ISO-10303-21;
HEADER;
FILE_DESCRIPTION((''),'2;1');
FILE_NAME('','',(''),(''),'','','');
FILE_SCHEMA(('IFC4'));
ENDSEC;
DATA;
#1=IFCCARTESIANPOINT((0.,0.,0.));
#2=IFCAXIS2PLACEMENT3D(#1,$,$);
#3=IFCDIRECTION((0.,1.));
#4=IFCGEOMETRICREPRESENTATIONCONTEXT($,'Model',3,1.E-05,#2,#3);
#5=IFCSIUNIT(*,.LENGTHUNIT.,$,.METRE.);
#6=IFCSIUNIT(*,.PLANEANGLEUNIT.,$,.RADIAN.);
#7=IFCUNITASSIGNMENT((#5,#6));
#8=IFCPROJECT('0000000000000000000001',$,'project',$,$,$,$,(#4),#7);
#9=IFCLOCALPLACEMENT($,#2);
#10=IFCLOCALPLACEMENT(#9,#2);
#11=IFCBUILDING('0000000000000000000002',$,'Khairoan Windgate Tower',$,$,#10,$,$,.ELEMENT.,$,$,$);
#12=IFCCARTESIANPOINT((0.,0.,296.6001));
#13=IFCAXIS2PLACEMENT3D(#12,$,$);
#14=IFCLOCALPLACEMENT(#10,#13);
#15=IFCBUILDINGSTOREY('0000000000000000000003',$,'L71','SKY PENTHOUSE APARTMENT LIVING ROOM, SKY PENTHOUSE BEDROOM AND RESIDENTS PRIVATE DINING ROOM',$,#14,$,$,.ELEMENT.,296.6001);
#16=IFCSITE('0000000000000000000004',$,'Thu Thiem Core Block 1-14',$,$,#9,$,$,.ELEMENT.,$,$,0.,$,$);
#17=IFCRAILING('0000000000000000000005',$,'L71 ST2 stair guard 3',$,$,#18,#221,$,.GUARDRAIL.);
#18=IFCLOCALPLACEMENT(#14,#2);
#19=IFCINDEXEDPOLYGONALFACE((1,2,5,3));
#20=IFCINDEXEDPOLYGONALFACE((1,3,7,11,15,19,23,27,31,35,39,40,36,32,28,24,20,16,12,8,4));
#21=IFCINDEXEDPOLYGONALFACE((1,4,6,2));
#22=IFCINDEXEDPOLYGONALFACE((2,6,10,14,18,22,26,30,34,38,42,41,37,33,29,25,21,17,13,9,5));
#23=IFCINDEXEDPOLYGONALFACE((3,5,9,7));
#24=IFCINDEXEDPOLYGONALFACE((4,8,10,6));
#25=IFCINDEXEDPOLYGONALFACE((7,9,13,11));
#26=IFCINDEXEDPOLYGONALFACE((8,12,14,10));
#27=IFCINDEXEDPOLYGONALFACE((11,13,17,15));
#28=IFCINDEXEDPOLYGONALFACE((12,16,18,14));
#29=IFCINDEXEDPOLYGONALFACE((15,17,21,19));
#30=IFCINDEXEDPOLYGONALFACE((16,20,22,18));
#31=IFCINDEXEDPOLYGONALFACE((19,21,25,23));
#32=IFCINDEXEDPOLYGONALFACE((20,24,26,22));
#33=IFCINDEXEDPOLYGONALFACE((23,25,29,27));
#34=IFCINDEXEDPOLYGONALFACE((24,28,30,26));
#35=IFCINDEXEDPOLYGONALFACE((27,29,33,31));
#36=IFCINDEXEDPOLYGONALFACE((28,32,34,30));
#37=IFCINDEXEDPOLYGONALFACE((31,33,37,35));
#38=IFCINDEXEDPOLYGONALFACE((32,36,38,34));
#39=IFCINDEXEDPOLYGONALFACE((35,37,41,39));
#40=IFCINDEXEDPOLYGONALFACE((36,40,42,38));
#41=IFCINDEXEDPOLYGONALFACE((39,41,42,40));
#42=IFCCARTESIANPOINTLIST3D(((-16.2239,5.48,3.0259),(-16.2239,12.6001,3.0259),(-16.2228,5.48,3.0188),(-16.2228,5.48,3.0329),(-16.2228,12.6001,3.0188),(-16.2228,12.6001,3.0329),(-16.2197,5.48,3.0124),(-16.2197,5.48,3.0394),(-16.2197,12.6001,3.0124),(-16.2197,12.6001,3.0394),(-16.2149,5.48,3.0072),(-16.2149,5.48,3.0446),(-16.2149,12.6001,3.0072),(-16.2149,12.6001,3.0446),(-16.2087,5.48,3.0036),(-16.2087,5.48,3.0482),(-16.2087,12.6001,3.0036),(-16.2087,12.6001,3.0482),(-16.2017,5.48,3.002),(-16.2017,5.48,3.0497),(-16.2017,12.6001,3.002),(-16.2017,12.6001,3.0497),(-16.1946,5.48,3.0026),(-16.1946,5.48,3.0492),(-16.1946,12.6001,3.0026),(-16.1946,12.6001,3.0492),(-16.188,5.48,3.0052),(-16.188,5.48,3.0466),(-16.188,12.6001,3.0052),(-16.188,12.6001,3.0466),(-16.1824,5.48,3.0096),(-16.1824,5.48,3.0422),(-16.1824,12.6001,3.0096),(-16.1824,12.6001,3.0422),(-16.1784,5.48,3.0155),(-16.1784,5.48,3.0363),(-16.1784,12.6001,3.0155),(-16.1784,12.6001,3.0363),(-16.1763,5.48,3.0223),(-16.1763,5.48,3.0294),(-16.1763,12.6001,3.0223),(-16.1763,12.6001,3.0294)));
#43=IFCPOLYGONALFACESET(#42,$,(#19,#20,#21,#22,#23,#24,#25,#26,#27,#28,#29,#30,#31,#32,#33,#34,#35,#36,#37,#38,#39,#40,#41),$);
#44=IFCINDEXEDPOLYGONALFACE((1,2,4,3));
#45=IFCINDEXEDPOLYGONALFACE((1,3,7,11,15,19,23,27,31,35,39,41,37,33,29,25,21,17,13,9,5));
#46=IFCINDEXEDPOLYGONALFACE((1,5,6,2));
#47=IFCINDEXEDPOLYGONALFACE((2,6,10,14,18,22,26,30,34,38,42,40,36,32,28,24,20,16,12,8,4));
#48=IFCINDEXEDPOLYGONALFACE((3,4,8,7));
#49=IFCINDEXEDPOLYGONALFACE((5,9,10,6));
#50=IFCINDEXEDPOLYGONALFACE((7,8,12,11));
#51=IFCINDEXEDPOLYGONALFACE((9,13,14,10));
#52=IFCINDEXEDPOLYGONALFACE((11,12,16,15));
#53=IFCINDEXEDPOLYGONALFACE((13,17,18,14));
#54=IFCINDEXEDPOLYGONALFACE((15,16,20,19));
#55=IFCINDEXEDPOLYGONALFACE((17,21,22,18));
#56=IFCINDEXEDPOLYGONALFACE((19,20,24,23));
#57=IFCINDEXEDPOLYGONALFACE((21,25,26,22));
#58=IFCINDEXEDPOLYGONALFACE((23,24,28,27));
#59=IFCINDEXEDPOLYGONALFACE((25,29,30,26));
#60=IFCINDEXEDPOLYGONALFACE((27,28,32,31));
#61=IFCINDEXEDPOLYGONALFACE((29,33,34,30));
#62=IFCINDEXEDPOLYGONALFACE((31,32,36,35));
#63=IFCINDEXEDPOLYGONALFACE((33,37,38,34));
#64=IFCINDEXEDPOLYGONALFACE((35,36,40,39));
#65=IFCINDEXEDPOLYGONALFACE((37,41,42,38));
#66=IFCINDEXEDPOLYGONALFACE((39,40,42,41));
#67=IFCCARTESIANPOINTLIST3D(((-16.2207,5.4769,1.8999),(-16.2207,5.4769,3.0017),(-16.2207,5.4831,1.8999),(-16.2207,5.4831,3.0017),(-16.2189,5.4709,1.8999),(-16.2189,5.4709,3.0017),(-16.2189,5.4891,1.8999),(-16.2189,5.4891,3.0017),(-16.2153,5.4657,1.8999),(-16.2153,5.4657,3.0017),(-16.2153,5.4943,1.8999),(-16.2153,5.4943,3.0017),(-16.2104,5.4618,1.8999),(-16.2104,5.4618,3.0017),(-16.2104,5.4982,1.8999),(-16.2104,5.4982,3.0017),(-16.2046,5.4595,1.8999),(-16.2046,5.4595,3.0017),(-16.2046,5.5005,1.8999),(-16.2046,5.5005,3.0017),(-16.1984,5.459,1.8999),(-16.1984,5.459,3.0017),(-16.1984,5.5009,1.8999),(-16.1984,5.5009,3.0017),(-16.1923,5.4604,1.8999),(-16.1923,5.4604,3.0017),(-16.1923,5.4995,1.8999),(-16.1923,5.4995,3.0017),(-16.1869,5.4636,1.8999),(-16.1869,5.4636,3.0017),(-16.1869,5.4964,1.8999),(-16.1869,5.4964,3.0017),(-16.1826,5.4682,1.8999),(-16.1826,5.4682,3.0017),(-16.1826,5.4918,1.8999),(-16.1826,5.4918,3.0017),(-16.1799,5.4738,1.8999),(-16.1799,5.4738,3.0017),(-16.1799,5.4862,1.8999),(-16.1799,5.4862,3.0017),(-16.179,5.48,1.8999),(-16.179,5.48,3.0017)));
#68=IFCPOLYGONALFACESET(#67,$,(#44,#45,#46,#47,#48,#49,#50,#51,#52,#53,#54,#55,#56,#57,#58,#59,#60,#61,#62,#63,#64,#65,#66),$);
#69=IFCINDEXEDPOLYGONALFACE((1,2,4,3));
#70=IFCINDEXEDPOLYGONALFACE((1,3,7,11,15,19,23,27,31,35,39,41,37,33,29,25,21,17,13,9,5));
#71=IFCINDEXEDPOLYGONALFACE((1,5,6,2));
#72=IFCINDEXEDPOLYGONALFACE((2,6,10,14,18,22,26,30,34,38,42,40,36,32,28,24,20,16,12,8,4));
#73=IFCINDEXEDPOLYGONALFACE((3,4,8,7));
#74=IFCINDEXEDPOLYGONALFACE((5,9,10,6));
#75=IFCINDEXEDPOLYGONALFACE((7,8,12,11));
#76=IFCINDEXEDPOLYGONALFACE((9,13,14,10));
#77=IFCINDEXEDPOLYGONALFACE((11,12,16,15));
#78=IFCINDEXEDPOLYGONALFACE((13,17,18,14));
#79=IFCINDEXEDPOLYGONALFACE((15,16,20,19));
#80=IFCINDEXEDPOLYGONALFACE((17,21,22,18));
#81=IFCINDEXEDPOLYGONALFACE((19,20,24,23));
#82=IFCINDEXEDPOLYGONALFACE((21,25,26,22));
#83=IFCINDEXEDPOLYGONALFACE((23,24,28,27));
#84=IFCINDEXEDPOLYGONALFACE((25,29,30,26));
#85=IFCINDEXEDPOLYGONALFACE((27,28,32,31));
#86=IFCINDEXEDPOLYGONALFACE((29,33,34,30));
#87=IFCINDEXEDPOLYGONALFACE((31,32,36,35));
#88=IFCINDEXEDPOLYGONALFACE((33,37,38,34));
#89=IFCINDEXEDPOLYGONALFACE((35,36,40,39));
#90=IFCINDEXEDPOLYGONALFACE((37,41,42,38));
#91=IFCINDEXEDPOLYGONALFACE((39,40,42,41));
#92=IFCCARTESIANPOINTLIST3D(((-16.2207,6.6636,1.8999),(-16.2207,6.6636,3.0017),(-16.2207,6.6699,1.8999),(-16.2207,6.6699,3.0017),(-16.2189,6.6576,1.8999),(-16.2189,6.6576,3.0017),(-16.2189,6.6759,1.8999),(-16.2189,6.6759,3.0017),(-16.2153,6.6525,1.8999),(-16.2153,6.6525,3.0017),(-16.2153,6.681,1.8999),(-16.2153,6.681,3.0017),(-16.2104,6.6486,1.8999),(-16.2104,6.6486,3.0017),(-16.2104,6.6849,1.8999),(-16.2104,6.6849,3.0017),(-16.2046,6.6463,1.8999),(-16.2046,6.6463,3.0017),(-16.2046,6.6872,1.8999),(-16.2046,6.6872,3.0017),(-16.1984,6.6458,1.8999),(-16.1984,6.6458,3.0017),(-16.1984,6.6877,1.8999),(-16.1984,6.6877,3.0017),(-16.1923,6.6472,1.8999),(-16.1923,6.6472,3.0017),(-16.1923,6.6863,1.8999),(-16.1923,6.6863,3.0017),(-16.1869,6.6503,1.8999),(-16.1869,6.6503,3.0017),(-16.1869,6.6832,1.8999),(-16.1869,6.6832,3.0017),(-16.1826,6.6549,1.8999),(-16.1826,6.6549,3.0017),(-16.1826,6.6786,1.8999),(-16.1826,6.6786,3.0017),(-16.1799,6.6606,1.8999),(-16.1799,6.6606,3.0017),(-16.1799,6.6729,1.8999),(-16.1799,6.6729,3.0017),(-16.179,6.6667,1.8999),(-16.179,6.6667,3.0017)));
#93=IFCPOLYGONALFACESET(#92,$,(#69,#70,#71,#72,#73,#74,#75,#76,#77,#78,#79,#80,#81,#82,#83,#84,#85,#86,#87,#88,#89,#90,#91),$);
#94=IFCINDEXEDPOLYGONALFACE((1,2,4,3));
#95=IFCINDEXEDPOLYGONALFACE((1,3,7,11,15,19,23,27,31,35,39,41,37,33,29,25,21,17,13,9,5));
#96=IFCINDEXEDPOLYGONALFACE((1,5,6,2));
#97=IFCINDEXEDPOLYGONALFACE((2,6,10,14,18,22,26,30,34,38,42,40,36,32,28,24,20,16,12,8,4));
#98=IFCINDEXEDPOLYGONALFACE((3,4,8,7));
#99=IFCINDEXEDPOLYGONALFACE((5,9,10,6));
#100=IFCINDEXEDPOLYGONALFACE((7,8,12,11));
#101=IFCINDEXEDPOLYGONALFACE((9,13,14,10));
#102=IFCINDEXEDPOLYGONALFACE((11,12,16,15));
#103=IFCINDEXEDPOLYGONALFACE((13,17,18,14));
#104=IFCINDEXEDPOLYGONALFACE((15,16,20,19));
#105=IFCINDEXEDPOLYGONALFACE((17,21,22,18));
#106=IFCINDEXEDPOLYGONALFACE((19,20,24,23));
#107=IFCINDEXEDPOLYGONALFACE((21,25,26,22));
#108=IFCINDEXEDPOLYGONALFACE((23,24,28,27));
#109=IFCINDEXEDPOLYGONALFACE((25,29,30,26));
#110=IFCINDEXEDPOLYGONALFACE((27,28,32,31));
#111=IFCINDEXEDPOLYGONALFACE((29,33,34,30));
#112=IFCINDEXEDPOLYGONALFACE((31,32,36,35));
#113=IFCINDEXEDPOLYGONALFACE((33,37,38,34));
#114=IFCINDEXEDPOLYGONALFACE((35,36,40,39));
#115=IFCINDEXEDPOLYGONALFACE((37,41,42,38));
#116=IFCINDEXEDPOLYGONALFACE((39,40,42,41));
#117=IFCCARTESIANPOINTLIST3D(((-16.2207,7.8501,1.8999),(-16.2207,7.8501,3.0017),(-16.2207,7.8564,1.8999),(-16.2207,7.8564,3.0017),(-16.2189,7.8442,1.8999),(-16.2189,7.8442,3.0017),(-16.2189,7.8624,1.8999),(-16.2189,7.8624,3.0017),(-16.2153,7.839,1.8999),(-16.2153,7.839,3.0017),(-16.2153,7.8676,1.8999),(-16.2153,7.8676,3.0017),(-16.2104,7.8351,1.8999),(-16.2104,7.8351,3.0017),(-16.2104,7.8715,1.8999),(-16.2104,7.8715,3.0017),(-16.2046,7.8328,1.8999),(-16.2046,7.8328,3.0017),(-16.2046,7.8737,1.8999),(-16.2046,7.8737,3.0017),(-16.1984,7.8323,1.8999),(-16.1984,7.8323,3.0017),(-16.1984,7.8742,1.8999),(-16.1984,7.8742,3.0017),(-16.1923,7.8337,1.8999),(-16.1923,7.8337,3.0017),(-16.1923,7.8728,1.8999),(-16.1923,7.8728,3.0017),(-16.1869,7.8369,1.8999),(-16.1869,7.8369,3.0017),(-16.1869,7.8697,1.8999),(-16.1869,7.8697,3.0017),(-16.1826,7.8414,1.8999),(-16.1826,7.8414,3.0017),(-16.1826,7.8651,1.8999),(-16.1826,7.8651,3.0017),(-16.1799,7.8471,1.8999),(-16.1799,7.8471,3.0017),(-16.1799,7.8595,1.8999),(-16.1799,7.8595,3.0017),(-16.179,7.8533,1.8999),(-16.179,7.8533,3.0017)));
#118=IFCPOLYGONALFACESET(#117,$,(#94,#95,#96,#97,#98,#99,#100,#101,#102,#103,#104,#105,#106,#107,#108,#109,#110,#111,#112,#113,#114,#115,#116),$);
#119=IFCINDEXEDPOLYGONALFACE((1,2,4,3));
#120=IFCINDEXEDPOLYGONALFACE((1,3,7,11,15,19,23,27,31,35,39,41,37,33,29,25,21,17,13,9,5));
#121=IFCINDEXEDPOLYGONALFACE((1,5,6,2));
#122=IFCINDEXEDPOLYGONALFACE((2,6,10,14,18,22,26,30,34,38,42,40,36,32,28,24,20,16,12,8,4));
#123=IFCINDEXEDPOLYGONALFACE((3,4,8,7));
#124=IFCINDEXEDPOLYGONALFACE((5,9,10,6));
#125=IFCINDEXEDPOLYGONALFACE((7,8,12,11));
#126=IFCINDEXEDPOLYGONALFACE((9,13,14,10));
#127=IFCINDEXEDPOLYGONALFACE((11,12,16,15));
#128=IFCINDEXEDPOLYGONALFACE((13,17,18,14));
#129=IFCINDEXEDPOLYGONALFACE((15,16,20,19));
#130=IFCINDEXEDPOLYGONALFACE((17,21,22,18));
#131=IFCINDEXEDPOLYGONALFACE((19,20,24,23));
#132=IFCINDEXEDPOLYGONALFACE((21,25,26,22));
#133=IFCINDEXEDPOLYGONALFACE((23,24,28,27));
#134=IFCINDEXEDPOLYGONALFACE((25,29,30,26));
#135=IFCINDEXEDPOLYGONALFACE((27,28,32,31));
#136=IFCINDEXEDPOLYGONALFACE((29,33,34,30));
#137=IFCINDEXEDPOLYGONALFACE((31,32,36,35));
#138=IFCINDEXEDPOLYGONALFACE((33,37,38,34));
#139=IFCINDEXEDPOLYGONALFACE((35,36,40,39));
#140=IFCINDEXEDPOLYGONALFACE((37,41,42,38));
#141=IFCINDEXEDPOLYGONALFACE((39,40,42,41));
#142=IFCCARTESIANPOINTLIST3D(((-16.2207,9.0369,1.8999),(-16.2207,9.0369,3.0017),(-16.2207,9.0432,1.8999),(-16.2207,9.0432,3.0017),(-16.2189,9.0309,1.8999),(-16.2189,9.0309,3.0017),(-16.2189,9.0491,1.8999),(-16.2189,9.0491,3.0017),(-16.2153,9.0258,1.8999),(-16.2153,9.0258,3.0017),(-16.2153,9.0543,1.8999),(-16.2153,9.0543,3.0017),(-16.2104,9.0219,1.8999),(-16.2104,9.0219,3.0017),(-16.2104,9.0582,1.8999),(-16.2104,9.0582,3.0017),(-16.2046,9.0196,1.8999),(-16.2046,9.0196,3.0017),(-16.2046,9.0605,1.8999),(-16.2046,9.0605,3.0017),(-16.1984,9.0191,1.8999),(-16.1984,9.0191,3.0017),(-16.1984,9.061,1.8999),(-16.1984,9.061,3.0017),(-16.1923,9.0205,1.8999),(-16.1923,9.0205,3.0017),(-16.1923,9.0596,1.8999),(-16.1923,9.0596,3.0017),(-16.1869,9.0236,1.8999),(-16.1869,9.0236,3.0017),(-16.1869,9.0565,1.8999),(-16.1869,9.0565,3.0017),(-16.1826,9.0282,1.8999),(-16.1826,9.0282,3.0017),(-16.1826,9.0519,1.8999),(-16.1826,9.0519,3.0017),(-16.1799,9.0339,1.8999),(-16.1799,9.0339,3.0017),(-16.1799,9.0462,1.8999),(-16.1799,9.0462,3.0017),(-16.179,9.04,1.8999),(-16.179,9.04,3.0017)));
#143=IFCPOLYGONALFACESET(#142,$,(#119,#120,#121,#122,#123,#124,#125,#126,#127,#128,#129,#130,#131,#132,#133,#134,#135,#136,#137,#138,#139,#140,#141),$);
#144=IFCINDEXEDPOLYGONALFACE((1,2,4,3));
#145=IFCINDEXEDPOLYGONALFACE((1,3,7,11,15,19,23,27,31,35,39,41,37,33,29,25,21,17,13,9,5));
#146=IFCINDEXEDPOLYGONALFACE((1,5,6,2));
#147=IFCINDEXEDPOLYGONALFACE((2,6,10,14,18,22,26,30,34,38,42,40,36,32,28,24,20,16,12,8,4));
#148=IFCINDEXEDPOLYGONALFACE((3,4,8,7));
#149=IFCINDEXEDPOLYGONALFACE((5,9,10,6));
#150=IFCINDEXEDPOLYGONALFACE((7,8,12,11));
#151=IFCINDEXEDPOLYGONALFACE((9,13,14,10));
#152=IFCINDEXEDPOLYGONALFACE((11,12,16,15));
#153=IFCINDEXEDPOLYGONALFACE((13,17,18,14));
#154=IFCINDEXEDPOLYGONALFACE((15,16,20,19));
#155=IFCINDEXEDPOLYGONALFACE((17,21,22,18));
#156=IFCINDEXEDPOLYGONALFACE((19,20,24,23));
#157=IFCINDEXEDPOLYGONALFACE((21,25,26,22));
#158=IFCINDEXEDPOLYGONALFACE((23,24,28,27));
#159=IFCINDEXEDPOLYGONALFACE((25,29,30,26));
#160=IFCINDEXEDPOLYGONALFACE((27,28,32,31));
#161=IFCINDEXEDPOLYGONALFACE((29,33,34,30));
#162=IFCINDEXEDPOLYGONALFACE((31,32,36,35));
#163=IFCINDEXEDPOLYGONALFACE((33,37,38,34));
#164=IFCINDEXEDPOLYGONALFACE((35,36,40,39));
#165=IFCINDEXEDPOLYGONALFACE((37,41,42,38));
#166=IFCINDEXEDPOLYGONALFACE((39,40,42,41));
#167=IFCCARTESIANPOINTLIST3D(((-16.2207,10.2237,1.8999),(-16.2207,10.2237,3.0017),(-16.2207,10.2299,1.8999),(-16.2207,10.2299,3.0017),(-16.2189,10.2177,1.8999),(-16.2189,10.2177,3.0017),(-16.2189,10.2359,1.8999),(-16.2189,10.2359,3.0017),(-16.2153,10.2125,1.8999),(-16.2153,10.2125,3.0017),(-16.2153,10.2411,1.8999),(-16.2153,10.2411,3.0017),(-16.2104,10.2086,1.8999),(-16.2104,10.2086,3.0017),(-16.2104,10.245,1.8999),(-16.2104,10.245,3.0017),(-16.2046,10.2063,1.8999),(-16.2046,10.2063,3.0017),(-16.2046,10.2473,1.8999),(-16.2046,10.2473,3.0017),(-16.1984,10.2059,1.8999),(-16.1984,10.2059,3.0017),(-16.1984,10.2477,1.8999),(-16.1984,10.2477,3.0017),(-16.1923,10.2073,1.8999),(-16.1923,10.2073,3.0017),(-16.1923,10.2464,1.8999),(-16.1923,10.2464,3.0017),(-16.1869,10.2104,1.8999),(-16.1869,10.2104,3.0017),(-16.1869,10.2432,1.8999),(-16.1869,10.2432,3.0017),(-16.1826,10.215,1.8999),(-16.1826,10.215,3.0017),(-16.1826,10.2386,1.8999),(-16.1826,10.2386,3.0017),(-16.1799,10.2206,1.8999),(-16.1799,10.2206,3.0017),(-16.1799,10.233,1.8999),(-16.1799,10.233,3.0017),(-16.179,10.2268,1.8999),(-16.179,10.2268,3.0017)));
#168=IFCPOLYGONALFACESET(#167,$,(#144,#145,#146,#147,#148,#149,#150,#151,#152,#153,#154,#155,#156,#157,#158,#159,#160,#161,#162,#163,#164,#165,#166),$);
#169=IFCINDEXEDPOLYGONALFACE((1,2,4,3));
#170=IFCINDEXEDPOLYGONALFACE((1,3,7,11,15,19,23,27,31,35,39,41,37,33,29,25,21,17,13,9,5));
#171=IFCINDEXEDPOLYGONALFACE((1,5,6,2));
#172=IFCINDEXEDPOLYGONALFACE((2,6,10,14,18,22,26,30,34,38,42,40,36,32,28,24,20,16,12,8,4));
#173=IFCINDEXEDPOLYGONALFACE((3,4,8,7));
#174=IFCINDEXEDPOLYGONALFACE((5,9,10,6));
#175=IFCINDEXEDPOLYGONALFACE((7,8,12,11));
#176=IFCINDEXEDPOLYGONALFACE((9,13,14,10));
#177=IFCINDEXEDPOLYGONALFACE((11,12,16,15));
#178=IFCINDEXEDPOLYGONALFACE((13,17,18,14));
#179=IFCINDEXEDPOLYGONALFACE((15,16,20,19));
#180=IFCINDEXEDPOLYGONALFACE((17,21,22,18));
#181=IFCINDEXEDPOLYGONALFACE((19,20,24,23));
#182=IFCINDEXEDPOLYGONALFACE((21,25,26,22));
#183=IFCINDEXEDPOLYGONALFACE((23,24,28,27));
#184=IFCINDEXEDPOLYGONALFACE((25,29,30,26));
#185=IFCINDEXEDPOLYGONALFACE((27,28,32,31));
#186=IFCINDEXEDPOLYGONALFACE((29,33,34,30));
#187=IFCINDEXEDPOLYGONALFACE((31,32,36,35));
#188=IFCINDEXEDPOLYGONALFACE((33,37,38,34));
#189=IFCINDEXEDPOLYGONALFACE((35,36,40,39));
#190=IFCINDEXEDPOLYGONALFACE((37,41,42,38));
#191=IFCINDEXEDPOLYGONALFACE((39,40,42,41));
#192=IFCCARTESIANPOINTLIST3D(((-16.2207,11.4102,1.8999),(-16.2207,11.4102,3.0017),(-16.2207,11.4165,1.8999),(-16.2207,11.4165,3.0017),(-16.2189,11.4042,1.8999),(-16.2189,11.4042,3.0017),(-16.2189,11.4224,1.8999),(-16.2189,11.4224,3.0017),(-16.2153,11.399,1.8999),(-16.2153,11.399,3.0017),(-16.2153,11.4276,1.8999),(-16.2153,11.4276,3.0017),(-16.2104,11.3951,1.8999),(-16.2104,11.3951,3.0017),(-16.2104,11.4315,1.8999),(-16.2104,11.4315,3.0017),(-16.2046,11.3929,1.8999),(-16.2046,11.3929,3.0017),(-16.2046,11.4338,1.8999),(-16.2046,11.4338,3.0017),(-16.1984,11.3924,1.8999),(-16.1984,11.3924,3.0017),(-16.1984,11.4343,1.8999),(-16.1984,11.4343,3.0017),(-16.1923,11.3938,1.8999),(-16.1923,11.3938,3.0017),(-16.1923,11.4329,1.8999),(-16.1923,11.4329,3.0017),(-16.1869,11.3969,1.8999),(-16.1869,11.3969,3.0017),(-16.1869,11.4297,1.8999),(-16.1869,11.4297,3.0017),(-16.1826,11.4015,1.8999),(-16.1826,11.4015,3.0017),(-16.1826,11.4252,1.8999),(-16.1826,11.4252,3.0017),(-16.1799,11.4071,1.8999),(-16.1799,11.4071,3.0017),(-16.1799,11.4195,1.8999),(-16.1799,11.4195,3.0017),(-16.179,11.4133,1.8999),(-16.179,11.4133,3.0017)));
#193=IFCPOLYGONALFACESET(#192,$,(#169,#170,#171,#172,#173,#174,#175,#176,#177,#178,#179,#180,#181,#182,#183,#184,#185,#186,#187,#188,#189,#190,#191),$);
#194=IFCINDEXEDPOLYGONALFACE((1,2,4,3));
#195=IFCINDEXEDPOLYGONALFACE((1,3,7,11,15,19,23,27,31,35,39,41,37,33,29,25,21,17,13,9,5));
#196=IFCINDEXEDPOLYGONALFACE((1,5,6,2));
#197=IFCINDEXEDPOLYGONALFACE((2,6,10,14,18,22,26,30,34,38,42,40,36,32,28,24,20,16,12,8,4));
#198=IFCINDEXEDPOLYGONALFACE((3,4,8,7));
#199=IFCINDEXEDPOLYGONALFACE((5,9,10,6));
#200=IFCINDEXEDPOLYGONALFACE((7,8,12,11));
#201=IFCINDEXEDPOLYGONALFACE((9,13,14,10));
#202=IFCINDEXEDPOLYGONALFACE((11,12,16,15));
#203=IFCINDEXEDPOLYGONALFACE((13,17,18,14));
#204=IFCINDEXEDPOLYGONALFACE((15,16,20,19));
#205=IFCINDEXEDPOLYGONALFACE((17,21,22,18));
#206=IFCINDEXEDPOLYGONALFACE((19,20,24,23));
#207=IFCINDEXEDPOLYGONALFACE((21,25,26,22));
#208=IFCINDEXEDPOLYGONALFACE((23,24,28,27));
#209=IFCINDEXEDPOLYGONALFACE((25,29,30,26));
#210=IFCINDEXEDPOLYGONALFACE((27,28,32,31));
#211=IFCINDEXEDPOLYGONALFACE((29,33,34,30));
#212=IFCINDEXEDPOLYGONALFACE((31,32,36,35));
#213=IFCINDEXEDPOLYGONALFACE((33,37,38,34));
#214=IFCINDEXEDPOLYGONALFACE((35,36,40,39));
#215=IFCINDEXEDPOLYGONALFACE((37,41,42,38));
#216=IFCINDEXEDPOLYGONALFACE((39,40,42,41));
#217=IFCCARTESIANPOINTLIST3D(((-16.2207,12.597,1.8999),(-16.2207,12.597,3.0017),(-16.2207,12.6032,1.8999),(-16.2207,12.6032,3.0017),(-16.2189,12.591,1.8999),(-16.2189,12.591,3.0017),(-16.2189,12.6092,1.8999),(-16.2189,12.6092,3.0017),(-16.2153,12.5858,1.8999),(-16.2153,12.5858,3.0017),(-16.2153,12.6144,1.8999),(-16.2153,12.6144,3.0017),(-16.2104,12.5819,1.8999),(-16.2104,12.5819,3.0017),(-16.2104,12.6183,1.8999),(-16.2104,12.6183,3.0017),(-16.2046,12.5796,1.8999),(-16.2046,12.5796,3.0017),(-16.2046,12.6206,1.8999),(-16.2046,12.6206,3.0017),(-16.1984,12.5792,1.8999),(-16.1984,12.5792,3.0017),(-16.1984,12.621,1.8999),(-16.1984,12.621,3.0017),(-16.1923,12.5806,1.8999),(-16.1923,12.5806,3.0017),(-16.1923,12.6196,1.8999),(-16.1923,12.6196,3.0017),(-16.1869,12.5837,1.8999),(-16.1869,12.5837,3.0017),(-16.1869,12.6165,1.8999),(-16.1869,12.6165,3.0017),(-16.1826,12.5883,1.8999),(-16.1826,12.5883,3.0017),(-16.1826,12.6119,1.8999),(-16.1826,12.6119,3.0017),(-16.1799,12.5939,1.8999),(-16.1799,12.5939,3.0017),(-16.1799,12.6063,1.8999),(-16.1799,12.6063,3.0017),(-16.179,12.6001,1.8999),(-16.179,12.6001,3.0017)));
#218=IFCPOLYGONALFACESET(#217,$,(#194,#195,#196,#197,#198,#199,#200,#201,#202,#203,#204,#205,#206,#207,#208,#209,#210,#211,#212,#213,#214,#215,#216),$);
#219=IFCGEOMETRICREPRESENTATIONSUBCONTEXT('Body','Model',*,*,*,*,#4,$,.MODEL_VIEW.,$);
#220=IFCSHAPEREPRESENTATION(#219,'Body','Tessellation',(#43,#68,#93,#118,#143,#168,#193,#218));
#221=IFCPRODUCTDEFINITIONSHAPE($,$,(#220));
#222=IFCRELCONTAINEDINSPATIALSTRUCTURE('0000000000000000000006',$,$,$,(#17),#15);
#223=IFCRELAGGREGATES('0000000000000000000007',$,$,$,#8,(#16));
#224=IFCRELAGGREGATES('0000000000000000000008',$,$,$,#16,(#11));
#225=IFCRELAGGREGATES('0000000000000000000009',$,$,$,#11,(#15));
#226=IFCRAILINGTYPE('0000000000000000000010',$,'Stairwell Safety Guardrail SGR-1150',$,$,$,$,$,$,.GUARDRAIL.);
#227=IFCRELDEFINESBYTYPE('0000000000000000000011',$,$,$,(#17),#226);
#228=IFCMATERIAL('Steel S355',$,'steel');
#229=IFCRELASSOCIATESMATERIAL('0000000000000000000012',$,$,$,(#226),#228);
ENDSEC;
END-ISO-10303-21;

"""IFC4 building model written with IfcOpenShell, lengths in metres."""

from ifc_helpers import new_model, si_unit, direction, frame, origin, origin_2d, place, context, subcontext, project, spatial, circle, extrude, material, type_object, element, save


model = new_model("IFC4")

# Units and contexts
model_context = context("Model", 3, precision=1e-05, world=origin(), true_north=direction((0.0, 1.0)))
body_context = subcontext(model_context, "Body", "Model", "MODEL_VIEW")
ifc_project = project(units=[si_unit("LENGTHUNIT", "METRE"), si_unit("PLANEANGLEUNIT", "RADIAN")], contexts=[model_context])

# Site, building, storey
site_placement = place(None, origin())
site = spatial("IfcSite", under=ifc_project, at=site_placement, Name="Thu Thiem Core Block 1-14", CompositionType="ELEMENT", RefElevation=0.0)
building_placement = place(site_placement, origin())
building = spatial("IfcBuilding", under=site, at=building_placement, Name="Khairoan Windgate Tower", CompositionType="ELEMENT")
storey_placement = place(building_placement, frame((0.0, 0.0, 296.6001)))
storey = spatial("IfcBuildingStorey", under=building, at=storey_placement, Name="L71", Description="SKY PENTHOUSE APARTMENT LIVING ROOM, SKY PENTHOUSE BEDROOM AND RESIDENTS PRIVATE DINING ROOM", CompositionType="ELEMENT", Elevation=296.6001)

# Railing
ifc_material_1 = material(Name="Steel S355", Category="steel")
railing_type_1 = type_object("IfcRailingType", Name="Stairwell Safety Guardrail SGR-1150", PredefinedType="GUARDRAIL", material=ifc_material_1)
railing_1_placement = place(storey_placement, frame((-16.2, 5.48, 1.8999)))
element("IfcRailing", 1, at=railing_1_placement, inside=storey, type_object=railing_type_1, Name="L71 ST2 stair guard 3", PredefinedType="GUARDRAIL", context=body_context, shape_type="SweptSolid", body=[
    extrude(circle(Radius=0.0239, at=origin_2d()), frame((0.0, 0.0, 1.126), z_axis=(0.0, 1.0, 0.0), x_axis=(-1.0, 0.0, 0.0)), (0.0, 0.0, 1.0), 7.1201),
    extrude(circle(Radius=0.021, at=origin_2d()), origin(), (0.0, 0.0, 1.0), 1.1018),
    extrude(circle(Radius=0.021, at=origin_2d()), frame((0.0, 1.1868, 0.0)), (0.0, 0.0, 1.0), 1.1018),
    extrude(circle(Radius=0.021, at=origin_2d()), frame((0.0, 2.3733, 0.0)), (0.0, 0.0, 1.0), 1.1018),
    extrude(circle(Radius=0.021, at=origin_2d()), frame((0.0, 3.5601, 0.0)), (0.0, 0.0, 1.0), 1.1018),
    extrude(circle(Radius=0.021, at=origin_2d()), frame((0.0, 4.7468, 0.0)), (0.0, 0.0, 1.0), 1.1018),
    extrude(circle(Radius=0.021, at=origin_2d()), frame((0.0, 5.9333, 0.0)), (0.0, 0.0, 1.0), 1.1018),
    extrude(circle(Radius=0.021, at=origin_2d()), frame((0.0, 7.1201, 0.0)), (0.0, 0.0, 1.0), 1.1018),
])

save(model, "model.ifc")
